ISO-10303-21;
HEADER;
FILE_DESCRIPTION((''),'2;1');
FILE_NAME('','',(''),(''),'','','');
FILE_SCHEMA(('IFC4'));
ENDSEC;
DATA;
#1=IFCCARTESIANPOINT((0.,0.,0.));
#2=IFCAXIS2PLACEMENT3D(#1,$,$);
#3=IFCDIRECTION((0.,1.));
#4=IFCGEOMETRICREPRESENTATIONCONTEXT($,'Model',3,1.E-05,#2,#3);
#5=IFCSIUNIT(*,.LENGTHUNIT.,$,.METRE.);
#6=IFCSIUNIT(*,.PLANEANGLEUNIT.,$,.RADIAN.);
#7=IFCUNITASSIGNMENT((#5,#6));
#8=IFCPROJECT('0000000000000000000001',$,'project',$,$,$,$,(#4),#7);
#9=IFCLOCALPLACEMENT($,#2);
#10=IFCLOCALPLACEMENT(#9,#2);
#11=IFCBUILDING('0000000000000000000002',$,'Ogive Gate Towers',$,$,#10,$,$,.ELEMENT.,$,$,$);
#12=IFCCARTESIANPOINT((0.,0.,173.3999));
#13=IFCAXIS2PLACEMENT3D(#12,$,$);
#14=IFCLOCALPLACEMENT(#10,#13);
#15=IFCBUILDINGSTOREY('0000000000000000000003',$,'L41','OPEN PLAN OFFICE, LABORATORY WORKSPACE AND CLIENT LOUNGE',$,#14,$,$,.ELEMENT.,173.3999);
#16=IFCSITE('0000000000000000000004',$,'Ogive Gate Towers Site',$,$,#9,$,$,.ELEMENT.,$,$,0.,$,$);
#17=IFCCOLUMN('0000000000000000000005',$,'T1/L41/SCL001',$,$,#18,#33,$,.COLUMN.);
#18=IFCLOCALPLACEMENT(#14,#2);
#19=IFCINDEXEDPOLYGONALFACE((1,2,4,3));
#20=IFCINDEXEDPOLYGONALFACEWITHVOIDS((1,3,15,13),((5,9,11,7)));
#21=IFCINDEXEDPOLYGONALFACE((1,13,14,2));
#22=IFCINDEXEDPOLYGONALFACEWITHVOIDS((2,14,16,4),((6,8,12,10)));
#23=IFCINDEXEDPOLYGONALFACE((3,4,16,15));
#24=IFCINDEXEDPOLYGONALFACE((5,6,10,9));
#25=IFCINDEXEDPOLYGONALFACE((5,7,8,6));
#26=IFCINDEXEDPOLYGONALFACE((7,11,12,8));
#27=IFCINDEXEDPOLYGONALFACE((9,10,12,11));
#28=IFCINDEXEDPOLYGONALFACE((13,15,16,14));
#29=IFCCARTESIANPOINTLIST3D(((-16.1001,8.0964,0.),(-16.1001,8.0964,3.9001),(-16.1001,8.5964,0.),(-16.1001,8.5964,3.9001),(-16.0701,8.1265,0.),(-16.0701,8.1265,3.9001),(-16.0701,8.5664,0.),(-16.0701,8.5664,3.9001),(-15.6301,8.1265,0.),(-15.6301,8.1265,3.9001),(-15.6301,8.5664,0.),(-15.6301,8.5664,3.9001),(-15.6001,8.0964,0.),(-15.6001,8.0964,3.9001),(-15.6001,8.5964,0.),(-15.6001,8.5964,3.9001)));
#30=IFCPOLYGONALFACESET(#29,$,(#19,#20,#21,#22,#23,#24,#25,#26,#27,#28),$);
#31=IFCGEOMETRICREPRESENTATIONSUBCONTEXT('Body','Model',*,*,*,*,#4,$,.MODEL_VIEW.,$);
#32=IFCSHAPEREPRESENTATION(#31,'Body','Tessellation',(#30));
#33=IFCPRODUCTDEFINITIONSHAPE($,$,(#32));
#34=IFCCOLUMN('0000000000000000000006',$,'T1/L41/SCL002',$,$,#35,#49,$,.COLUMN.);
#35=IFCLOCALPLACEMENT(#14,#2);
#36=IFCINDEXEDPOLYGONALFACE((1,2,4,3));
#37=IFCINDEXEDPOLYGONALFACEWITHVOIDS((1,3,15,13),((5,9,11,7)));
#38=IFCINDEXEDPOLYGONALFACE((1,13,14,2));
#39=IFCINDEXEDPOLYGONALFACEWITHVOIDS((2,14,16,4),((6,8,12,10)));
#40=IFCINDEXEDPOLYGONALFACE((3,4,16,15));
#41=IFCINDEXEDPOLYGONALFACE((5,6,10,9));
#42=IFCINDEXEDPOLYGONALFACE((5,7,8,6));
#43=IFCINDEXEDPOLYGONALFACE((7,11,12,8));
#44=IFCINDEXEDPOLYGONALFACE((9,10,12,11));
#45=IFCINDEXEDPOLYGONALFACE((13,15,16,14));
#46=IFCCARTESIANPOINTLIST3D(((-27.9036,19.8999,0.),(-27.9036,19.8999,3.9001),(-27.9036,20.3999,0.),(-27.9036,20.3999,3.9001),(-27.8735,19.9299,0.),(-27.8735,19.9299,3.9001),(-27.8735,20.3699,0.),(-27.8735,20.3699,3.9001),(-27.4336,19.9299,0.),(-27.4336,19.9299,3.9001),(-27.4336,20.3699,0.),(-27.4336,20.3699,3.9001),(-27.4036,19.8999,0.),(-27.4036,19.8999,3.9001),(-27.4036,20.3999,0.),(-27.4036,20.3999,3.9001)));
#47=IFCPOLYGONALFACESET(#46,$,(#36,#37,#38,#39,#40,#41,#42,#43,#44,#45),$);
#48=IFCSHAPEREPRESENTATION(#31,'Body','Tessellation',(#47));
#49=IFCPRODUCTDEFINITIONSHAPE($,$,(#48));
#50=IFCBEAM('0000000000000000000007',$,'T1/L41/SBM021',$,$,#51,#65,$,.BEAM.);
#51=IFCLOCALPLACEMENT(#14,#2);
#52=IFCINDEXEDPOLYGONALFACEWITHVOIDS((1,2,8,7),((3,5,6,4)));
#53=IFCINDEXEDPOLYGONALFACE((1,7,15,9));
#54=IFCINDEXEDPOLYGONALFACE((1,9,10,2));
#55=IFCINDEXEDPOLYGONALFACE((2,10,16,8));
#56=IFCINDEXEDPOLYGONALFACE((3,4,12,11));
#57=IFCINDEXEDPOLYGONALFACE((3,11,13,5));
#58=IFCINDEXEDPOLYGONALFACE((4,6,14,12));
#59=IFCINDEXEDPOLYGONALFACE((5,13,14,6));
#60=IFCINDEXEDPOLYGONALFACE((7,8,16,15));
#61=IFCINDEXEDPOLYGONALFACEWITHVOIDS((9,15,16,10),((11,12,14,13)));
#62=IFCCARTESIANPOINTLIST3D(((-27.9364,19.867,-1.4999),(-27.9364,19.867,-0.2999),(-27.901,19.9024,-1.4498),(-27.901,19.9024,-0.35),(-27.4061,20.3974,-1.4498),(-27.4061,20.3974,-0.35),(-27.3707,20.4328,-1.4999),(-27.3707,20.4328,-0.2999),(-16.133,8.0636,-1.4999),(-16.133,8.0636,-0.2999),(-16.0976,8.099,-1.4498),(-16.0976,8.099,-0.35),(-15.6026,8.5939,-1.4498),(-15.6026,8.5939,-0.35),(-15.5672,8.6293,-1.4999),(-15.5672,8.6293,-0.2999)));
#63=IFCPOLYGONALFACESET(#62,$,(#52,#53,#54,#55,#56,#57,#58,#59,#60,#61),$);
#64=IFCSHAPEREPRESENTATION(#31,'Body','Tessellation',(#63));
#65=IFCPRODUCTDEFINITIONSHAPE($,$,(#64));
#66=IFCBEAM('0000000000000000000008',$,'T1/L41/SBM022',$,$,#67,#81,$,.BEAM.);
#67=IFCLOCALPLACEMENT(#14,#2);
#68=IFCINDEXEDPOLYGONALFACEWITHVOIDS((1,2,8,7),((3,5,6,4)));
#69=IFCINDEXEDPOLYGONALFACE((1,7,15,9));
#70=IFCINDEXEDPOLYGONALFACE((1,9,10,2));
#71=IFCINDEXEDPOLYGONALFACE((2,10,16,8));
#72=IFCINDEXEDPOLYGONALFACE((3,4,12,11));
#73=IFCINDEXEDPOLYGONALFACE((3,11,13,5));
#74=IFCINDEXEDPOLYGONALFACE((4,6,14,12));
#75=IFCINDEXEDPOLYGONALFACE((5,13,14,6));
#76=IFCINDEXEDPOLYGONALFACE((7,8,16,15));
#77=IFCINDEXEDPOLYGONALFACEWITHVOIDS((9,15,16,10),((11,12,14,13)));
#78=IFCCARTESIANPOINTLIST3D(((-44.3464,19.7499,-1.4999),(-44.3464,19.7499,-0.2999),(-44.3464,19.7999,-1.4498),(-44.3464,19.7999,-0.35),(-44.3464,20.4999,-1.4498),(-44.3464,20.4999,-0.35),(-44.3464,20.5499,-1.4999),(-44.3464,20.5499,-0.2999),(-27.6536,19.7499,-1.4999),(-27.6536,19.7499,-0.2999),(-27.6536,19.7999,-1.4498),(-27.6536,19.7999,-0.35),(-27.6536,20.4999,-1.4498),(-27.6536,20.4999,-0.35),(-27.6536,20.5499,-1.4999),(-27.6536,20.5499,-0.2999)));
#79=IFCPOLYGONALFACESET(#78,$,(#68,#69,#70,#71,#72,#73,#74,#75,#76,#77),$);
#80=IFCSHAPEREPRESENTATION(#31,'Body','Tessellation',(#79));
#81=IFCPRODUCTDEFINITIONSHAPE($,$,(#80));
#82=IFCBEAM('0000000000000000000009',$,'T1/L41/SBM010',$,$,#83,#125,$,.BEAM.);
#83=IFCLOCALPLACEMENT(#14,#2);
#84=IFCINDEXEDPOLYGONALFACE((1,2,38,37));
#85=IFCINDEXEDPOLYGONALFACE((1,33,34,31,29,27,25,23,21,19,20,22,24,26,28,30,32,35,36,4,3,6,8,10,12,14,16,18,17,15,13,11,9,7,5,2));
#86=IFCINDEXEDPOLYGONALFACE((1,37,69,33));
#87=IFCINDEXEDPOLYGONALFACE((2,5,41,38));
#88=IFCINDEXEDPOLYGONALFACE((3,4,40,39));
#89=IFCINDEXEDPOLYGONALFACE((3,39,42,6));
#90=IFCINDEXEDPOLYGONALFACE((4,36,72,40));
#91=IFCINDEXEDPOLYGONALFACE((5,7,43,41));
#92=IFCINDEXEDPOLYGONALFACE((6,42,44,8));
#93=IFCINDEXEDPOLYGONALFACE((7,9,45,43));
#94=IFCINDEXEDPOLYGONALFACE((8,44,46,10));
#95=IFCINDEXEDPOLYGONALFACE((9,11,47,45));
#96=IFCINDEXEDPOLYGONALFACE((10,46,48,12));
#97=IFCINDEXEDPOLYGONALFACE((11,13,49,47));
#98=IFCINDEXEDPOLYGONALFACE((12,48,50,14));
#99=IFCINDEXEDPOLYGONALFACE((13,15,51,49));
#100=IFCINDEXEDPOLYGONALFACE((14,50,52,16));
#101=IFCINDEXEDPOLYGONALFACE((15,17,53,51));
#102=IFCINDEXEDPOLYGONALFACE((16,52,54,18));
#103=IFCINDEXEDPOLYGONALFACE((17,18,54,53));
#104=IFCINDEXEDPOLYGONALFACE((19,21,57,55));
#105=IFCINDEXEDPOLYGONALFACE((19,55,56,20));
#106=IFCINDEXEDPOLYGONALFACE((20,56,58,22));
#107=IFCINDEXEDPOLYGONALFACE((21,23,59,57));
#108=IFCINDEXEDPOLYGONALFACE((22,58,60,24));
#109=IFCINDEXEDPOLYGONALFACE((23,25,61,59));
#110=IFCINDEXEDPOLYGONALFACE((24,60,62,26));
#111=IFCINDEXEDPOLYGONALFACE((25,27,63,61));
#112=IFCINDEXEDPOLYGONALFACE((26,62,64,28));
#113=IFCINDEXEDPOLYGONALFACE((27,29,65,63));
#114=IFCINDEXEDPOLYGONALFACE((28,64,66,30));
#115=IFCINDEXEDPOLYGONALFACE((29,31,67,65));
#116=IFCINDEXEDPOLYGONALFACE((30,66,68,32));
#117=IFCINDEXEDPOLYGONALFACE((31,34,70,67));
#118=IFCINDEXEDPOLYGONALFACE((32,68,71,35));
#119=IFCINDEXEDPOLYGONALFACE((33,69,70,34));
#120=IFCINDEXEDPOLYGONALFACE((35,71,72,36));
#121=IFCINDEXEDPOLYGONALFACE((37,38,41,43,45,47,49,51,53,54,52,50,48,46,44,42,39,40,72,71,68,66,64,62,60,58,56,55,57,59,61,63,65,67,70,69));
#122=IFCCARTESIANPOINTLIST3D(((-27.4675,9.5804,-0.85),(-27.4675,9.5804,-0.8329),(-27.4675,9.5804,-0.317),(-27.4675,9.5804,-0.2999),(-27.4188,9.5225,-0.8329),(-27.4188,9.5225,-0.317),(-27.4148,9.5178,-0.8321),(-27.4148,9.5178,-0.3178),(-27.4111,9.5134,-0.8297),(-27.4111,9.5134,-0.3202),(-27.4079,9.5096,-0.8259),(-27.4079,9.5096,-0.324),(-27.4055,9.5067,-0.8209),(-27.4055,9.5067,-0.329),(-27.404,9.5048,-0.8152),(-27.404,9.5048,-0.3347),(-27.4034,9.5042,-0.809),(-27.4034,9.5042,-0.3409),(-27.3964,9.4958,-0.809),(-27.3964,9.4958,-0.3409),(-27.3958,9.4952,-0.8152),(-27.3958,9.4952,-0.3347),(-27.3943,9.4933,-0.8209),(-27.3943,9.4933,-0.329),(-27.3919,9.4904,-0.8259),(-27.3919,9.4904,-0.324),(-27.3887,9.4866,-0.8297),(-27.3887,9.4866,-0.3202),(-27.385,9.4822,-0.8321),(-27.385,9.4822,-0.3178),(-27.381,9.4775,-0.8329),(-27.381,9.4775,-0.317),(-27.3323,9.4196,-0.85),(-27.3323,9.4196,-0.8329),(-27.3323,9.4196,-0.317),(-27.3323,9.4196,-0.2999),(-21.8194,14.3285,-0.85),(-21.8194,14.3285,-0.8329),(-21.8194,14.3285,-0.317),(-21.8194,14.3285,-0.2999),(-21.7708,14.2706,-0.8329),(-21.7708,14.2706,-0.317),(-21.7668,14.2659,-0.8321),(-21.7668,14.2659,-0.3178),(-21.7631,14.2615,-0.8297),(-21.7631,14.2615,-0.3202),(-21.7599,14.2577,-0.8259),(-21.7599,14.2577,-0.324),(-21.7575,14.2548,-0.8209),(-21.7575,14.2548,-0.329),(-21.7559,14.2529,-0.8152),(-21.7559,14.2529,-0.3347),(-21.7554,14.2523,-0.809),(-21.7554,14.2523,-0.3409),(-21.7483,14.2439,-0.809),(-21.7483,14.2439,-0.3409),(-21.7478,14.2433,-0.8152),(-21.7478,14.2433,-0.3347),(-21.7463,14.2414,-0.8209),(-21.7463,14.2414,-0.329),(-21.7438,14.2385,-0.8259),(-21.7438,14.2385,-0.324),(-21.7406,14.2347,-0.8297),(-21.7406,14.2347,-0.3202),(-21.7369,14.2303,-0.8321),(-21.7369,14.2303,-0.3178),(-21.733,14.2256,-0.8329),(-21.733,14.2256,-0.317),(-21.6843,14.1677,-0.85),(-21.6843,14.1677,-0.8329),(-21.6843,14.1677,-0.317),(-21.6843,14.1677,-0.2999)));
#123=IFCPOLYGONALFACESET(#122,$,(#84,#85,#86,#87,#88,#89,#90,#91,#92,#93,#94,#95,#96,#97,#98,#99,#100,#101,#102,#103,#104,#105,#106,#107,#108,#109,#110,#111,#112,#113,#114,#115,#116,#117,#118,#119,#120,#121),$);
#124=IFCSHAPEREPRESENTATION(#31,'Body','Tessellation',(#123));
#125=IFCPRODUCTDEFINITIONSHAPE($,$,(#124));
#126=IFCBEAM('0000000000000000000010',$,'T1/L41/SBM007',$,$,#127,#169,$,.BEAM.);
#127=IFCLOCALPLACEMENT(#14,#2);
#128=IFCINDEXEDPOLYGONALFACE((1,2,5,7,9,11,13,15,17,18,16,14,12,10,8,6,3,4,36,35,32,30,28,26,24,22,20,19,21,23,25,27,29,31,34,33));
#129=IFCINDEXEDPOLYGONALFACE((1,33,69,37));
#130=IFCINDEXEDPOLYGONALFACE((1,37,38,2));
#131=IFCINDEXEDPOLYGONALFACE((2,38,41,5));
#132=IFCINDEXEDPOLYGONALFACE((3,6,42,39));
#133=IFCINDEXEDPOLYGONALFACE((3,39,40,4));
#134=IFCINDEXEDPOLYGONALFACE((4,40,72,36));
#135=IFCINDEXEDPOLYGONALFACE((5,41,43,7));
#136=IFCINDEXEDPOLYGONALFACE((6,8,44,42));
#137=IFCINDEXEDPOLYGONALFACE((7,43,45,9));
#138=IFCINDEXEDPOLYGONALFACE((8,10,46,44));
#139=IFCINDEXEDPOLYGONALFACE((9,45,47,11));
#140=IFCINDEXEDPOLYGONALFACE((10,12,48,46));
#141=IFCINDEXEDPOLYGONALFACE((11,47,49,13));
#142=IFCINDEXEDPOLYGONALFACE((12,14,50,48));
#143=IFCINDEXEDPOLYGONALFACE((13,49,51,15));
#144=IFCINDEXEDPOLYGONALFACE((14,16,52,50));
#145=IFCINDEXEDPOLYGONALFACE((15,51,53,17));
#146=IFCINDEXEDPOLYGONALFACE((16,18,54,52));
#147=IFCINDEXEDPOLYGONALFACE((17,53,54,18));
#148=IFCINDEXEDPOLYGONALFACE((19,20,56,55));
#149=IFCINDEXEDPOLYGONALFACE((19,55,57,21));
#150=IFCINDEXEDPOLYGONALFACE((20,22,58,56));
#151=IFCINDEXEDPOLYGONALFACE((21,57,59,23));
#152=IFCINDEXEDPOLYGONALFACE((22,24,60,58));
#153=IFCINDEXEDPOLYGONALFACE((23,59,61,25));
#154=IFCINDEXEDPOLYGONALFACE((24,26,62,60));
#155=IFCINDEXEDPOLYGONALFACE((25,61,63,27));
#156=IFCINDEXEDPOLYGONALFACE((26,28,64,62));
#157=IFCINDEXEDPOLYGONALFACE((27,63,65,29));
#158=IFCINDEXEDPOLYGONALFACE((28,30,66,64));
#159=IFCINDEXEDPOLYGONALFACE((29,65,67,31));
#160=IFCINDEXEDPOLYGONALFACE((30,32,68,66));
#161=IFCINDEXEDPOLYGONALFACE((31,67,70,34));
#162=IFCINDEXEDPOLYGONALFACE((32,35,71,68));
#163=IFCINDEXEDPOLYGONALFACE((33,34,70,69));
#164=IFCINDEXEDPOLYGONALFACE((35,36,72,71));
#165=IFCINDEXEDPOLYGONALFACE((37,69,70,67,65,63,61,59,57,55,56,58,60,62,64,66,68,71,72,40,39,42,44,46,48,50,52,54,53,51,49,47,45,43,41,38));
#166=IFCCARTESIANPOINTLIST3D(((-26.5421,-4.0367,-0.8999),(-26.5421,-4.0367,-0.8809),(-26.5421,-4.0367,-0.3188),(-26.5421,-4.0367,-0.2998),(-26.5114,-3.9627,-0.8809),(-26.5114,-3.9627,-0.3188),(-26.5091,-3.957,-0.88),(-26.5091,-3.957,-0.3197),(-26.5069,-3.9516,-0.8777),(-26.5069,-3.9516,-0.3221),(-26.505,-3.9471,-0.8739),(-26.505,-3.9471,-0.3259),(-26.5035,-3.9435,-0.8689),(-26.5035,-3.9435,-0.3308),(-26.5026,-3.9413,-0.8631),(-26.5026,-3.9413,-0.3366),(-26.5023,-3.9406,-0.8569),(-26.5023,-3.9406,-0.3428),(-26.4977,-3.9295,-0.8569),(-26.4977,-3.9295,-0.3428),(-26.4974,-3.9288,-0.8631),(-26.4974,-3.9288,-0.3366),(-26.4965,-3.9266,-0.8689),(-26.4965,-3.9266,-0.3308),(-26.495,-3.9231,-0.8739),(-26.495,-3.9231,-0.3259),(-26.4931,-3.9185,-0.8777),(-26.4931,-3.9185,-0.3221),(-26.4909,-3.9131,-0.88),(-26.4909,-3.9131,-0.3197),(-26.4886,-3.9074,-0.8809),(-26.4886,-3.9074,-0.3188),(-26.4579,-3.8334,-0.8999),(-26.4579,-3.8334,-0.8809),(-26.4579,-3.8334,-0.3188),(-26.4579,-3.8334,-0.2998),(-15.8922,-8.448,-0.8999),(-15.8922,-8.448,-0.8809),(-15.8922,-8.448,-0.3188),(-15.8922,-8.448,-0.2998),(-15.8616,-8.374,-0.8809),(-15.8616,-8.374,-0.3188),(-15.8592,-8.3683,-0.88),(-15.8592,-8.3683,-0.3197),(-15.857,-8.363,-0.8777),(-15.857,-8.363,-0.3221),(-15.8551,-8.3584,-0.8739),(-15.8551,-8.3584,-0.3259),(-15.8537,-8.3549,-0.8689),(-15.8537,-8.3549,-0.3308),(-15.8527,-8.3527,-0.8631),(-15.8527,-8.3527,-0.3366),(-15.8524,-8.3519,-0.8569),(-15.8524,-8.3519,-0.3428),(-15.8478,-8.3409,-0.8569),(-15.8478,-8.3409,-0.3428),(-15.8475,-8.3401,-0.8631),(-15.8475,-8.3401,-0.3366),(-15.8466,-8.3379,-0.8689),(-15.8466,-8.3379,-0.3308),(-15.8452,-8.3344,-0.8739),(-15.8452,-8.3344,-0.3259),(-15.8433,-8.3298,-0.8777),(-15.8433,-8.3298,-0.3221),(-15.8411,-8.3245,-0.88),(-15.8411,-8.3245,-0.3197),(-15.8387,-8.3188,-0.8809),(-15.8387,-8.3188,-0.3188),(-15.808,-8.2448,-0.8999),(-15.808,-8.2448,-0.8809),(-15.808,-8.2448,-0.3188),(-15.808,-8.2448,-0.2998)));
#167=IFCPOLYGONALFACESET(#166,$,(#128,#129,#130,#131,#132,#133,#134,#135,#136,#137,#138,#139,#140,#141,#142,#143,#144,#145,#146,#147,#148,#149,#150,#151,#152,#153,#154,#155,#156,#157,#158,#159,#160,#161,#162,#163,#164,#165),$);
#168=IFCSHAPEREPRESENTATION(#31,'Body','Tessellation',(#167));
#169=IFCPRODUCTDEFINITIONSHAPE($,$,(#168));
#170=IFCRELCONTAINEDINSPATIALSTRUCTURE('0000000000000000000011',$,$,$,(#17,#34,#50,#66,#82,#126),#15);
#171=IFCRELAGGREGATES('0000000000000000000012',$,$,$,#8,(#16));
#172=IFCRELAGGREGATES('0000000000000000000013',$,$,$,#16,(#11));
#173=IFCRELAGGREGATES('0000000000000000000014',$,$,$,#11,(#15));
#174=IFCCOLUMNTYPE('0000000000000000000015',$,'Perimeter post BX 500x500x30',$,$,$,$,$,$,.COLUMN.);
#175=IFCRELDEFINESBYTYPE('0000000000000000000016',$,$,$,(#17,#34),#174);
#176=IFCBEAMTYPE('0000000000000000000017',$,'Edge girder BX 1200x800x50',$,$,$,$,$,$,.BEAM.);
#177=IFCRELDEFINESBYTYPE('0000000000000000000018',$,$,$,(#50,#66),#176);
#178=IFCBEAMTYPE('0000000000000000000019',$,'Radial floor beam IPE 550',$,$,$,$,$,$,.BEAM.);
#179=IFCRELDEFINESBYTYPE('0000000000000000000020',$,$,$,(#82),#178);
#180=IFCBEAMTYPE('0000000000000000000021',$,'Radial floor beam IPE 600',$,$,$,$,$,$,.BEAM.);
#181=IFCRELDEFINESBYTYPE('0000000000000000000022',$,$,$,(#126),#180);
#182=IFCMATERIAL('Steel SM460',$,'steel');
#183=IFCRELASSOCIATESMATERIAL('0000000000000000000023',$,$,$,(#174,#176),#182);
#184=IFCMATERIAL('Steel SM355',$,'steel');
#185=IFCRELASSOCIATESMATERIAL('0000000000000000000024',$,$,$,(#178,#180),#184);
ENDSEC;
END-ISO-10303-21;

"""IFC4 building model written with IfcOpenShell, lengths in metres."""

from ifc_helpers import new_model, si_unit, direction, frame, origin, origin_2d, place, context, subcontext, project, spatial, hollow_rectangle, i_section, extrude, material, material_profile, profile_set, type_object, element, save


model = new_model("IFC4")

# Units and contexts
model_context = context("Model", 3, precision=1e-05, world=origin(), true_north=direction((0.0, 1.0)))
body_context = subcontext(model_context, "Body", "Model", "MODEL_VIEW")
ifc_project = project(units=[si_unit("LENGTHUNIT", "METRE"), si_unit("PLANEANGLEUNIT", "RADIAN")], contexts=[model_context])

# Site, building, storey
site_placement = place(None, origin())
site = spatial("IfcSite", under=ifc_project, at=site_placement, Name="Ogive Gate Towers Site", CompositionType="ELEMENT", RefElevation=0.0)
building_placement = place(site_placement, origin())
building = spatial("IfcBuilding", under=site, at=building_placement, Name="Ogive Gate Towers", CompositionType="ELEMENT")
storey_placement = place(building_placement, frame((0.0, 0.0, 173.3999)))
storey = spatial("IfcBuildingStorey", under=building, at=storey_placement, Name="L41", Description="OPEN PLAN OFFICE, LABORATORY WORKSPACE AND CLIENT LOUNGE", CompositionType="ELEMENT", Elevation=173.3999)

# Columns
ifc_material_1 = material(Name="Steel SM460", Category="steel")
ifc_material_profile_1 = material_profile(ifc_material_1, hollow_rectangle(XDim=0.5, YDim=0.5, WallThickness=0.03, at=origin_2d()), Name="BX 500x500x30")
ifc_profile_set_1 = profile_set([ifc_material_profile_1], Name="Steel SM460")
column_type = type_object("IfcColumnType", Name="Perimeter post BX 500x500x30", PredefinedType="COLUMN", material=ifc_profile_set_1)
for number, where, z_axis, x_axis, name in (
    (1, (-15.8501, 8.3464, 0.0), (0.0, 0.0, 1.0), (1.0, 0.0, 0.0), "T1/L41/SCL001"),
    (2, (-27.6536, 20.1499, 0.0), (0.0, 0.0, 1.0), (1.0, 0.0, 0.0), "T1/L41/SCL002"),
):
    element("IfcColumn", number, at=place(storey_placement, frame(where, z_axis=z_axis, x_axis=x_axis)), inside=storey, type_object=column_type, Name=name, PredefinedType="COLUMN", context=body_context, shape_type="SweptSolid", body=[
        extrude(hollow_rectangle(XDim=0.5, YDim=0.5, WallThickness=0.03, at=origin_2d()), origin(), (0.0, 0.0, 1.0), 3.9001),
    ])

# Beams
ifc_material_profile_2 = material_profile(ifc_material_1, hollow_rectangle(XDim=0.8, YDim=1.2, WallThickness=0.05, at=origin_2d()), Name="BX 1200x800x50")
ifc_profile_set_2 = profile_set([ifc_material_profile_2], Name="Steel SM460")
beam_type_1 = type_object("IfcBeamType", Name="Edge girder BX 1200x800x50", PredefinedType="BEAM", material=ifc_profile_set_2)
beam_1_placement = place(storey_placement, frame((-15.8501, 8.3464, -0.8999), z_axis=(-0.707107, 0.707107, 0.0), x_axis=(-0.707107, -0.707107, 0.0)))
element("IfcBeam", 3, at=beam_1_placement, inside=storey, type_object=beam_type_1, Name="T1/L41/SBM021", PredefinedType="BEAM", context=body_context, shape_type="SweptSolid", body=[
    extrude(hollow_rectangle(XDim=0.8, YDim=1.2, WallThickness=0.05, at=origin_2d()), origin(), (0.0, 0.0, 1.0), 16.6926),
])
beam_2_placement = place(storey_placement, frame((-27.6536, 20.1499, -0.8999), z_axis=(-1.0, 0.0, 0.0), x_axis=(0.0, -1.0, 0.0)))
element("IfcBeam", 4, at=beam_2_placement, inside=storey, type_object=beam_type_1, Name="T1/L41/SBM022", PredefinedType="BEAM", context=body_context, shape_type="SweptSolid", body=[
    extrude(hollow_rectangle(XDim=0.8, YDim=1.2, WallThickness=0.05, at=origin_2d()), origin(), (0.0, 0.0, 1.0), 16.6929),
])
ifc_material_2 = material(Name="Steel SM355", Category="steel")
ifc_material_profile_3 = material_profile(ifc_material_2, i_section(OverallWidth=0.21, OverallDepth=0.55, WebThickness=0.011, FlangeThickness=0.0171, FilletRadius=0.0239, at=origin_2d()), Name="IPE 550")
ifc_profile_set_3 = profile_set([ifc_material_profile_3], Name="Steel SM355")
beam_type_2 = type_object("IfcBeamType", Name="Radial floor beam IPE 550", PredefinedType="BEAM", material=ifc_profile_set_3)
beam_3_placement = place(storey_placement, frame((-27.3999, 9.5, -0.575), z_axis=(0.765453, 0.643492, 0.0), x_axis=(-0.643492, 0.765453, 0.0)))
element("IfcBeam", 5, at=beam_3_placement, inside=storey, type_object=beam_type_2, Name="T1/L41/SBM010", PredefinedType="BEAM", context=body_context, shape_type="SweptSolid", body=[
    extrude(i_section(OverallWidth=0.21, OverallDepth=0.55, WebThickness=0.011, FlangeThickness=0.0171, FilletRadius=0.0239, at=origin_2d()), origin(), (0.0, 0.0, 1.0), 7.3787),
])
ifc_material_profile_4 = material_profile(ifc_material_2, i_section(OverallWidth=0.22, OverallDepth=0.6001, WebThickness=0.012, FlangeThickness=0.019, FilletRadius=0.0239, at=origin_2d()), Name="IPE 600")
ifc_profile_set_4 = profile_set([ifc_material_profile_4], Name="Steel SM355")
beam_type_3 = type_object("IfcBeamType", Name="Radial floor beam IPE 600", PredefinedType="BEAM", material=ifc_profile_set_4)
beam_4_placement = place(storey_placement, frame((-26.5, -3.9351, -0.5999), z_axis=(0.923878, -0.382687, 0.0), x_axis=(0.382687, 0.923878, 0.0)))
element("IfcBeam", 6, at=beam_4_placement, inside=storey, type_object=beam_type_3, Name="T1/L41/SBM007", PredefinedType="BEAM", context=body_context, shape_type="SweptSolid", body=[
    extrude(i_section(OverallWidth=0.22, OverallDepth=0.6001, WebThickness=0.012, FlangeThickness=0.019, FilletRadius=0.0239, at=origin_2d()), origin(), (0.0, 0.0, 1.0), 11.5273),
])

save(model, "model.ifc")
